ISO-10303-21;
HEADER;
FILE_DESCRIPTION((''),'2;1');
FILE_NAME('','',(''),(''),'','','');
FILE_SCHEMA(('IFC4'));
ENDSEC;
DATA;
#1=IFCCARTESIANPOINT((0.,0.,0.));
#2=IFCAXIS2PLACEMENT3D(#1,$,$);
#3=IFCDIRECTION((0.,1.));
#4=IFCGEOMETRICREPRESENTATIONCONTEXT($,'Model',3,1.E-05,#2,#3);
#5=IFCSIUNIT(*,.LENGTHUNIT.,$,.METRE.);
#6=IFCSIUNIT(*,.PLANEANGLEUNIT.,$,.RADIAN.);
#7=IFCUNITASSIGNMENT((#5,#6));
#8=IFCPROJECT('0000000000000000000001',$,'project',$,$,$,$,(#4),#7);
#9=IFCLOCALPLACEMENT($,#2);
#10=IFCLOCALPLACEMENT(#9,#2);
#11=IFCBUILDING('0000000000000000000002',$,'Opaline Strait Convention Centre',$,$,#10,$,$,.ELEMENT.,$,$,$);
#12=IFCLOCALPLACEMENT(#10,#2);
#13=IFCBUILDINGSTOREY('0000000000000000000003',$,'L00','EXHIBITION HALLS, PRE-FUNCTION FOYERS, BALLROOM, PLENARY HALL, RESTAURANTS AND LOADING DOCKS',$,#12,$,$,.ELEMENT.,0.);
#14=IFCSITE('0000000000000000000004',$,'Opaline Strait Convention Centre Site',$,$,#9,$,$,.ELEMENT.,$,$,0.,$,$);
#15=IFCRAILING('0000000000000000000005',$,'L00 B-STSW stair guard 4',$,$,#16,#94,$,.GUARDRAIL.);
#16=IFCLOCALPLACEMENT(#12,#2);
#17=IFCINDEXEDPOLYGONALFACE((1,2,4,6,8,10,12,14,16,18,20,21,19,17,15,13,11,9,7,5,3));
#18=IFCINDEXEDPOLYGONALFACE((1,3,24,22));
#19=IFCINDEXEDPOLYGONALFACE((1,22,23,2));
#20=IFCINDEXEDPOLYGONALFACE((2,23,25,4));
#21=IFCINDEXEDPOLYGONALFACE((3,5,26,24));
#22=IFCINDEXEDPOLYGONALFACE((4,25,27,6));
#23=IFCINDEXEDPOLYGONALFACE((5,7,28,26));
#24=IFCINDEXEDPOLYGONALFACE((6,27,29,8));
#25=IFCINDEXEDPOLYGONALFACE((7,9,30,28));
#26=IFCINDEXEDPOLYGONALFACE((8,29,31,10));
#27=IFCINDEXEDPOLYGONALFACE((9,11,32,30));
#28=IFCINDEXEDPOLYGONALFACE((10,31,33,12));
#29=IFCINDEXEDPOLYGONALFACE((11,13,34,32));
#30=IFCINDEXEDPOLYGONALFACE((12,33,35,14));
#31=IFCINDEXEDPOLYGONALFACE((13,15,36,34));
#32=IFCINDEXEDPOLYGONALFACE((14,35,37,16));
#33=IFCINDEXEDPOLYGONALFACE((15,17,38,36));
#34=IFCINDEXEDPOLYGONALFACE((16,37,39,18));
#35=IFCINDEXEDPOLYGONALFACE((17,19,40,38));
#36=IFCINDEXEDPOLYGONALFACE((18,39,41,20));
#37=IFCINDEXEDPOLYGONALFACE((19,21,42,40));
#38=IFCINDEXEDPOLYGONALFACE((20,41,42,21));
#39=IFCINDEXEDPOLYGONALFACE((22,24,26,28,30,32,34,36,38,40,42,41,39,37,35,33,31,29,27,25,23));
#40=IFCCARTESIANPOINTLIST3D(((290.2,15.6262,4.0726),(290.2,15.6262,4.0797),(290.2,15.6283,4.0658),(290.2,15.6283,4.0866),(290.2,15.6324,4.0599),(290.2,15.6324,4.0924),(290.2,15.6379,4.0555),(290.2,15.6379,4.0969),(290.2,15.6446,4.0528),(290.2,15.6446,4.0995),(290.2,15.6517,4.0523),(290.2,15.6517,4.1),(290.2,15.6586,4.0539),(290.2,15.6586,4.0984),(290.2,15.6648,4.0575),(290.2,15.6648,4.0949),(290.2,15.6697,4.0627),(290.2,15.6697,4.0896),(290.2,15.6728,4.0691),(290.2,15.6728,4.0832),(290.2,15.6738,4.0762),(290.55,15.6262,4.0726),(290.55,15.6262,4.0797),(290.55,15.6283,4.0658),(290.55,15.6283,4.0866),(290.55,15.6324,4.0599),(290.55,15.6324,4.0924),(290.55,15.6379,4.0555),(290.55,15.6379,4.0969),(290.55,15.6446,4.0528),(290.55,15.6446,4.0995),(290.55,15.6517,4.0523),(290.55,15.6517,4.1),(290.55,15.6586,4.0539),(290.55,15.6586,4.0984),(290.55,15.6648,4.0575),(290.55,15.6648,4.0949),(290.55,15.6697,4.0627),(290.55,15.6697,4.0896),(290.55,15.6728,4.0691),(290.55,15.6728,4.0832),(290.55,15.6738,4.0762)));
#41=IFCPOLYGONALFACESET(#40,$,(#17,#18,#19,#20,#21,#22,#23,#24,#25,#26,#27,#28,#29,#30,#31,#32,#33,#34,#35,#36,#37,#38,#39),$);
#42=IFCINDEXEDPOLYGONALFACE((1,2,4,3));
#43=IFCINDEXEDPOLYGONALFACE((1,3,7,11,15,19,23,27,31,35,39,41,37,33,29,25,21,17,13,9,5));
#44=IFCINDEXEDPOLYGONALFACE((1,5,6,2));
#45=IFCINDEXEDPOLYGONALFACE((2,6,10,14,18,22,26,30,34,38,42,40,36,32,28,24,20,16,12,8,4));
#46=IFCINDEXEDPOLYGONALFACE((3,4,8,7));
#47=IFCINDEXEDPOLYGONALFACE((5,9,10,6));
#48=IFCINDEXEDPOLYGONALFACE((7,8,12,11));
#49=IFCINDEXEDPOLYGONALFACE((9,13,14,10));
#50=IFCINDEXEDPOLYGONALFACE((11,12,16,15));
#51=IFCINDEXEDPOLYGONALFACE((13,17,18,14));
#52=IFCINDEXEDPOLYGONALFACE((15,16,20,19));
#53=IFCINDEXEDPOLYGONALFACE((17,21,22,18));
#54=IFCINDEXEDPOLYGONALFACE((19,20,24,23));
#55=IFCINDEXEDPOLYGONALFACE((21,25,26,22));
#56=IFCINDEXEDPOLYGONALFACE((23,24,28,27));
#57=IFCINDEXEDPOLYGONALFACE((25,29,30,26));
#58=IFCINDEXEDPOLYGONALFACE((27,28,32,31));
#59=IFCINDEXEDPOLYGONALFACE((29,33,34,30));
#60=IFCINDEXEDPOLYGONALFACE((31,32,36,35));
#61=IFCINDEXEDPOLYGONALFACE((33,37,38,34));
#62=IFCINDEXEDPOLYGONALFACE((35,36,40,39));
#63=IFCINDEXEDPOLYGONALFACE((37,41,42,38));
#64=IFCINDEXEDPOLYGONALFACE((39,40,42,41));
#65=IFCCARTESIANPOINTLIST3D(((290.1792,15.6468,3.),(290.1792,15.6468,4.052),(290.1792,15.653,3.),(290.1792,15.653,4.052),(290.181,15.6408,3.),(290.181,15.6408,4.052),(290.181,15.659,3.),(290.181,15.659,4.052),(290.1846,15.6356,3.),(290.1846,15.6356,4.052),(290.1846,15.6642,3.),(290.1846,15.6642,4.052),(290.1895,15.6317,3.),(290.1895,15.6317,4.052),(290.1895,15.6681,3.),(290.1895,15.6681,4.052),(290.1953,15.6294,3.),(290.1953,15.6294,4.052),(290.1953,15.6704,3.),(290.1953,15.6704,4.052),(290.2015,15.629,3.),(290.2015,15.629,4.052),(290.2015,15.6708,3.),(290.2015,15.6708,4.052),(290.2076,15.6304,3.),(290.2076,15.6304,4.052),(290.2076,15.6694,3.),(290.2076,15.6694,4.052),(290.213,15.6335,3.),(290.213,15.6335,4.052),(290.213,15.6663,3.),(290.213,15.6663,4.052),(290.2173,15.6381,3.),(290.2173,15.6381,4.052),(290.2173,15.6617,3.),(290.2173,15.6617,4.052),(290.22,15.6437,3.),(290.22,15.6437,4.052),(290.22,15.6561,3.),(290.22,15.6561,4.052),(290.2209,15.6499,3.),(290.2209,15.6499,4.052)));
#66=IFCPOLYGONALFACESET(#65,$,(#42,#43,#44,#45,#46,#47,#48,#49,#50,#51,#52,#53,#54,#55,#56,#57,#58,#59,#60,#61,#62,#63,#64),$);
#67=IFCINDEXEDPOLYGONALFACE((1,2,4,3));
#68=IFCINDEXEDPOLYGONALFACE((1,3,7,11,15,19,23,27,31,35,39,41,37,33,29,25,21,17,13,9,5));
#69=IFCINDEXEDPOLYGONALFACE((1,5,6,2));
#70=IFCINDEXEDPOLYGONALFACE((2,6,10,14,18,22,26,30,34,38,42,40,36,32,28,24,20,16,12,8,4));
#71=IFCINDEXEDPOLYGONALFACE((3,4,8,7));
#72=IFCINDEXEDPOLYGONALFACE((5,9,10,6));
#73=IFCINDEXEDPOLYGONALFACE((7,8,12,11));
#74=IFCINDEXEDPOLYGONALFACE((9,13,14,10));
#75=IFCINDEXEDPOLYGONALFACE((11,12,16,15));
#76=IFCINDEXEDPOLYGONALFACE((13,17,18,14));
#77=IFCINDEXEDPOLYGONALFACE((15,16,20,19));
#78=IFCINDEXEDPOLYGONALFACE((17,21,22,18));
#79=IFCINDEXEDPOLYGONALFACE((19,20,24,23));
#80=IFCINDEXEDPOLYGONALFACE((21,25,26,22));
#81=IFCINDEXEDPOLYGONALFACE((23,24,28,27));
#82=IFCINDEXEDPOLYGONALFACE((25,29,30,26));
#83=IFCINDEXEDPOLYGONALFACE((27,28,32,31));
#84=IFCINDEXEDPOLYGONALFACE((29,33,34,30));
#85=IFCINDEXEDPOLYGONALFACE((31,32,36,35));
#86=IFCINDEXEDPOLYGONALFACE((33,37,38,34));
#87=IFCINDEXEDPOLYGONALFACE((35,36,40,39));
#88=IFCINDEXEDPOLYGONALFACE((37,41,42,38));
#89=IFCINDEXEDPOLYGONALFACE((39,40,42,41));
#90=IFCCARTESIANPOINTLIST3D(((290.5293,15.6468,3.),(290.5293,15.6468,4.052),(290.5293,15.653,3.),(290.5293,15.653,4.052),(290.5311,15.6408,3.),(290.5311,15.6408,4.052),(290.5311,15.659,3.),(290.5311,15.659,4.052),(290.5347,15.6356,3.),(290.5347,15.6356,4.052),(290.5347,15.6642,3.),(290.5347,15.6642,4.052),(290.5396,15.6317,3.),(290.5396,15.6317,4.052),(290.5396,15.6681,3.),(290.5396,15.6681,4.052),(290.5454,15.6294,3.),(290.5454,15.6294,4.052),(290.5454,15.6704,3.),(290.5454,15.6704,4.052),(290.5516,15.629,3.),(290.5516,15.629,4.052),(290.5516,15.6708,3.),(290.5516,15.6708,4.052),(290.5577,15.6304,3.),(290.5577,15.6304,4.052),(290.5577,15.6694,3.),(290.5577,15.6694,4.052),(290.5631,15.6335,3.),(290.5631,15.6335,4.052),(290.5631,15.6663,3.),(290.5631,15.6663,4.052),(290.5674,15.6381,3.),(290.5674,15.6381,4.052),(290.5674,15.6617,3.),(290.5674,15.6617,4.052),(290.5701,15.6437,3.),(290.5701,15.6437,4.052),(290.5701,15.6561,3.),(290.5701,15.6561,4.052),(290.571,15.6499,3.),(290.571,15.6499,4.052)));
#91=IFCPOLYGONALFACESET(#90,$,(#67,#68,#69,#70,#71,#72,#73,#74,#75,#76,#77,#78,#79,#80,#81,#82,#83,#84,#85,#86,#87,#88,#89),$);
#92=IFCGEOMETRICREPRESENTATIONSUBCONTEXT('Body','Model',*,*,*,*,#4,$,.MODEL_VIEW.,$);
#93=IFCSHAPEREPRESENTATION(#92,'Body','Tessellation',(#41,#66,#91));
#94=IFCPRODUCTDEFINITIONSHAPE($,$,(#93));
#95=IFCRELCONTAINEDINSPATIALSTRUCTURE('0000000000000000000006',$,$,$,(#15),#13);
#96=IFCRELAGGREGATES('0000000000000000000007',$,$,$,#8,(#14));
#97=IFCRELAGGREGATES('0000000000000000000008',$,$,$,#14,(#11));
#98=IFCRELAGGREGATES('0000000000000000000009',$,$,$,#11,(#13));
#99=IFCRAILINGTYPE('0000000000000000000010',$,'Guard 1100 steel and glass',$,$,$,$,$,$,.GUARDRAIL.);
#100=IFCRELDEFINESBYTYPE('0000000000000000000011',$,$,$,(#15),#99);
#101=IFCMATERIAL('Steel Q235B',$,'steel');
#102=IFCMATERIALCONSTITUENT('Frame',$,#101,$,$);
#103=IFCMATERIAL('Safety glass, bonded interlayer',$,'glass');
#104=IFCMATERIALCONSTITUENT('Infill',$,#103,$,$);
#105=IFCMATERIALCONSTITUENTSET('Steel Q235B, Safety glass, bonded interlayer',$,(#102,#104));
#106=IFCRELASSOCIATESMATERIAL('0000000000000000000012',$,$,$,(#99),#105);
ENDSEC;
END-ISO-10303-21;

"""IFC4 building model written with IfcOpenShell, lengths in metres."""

from ifc_helpers import new_model, si_unit, direction, frame, origin, origin_2d, place, context, subcontext, project, spatial, circle, extrude, material, constituent, constituent_set, type_object, element, save


model = new_model("IFC4")

# Units and contexts
model_context = context("Model", 3, precision=1e-05, world=origin(), true_north=direction((0.0, 1.0)))
body_context = subcontext(model_context, "Body", "Model", "MODEL_VIEW")
ifc_project = project(units=[si_unit("LENGTHUNIT", "METRE"), si_unit("PLANEANGLEUNIT", "RADIAN")], contexts=[model_context])

# Site, building, storey
site_placement = place(None, origin())
site = spatial("IfcSite", under=ifc_project, at=site_placement, Name="Opaline Strait Convention Centre Site", CompositionType="ELEMENT", RefElevation=0.0)
building_placement = place(site_placement, origin())
building = spatial("IfcBuilding", under=site, at=building_placement, Name="Opaline Strait Convention Centre", CompositionType="ELEMENT")
storey_placement = place(building_placement, origin())
storey = spatial("IfcBuildingStorey", under=building, at=storey_placement, Name="L00", Description="EXHIBITION HALLS, PRE-FUNCTION FOYERS, BALLROOM, PLENARY HALL, RESTAURANTS AND LOADING DOCKS", CompositionType="ELEMENT", Elevation=0.0)

# Shared definitions
ifc_material_1 = material(Name="Steel Q235B", Category="steel")

# Railing
ifc_constituent_1 = constituent(ifc_material_1, Name="Frame")
ifc_material_2 = material(Name="Safety glass, bonded interlayer", Category="glass")
ifc_constituent_2 = constituent(ifc_material_2, Name="Infill")
ifc_constituent_set = constituent_set(constituents=[ifc_constituent_1, ifc_constituent_2], Name="Steel Q235B, Safety glass, bonded interlayer")
railing_type_1 = type_object("IfcRailingType", Name="Guard 1100 steel and glass", PredefinedType="GUARDRAIL", material=ifc_constituent_set)
railing_1_placement = place(storey_placement, frame((290.2, 15.6499, 3.0)))
element("IfcRailing", 1, at=railing_1_placement, inside=storey, type_object=railing_type_1, Name="L00 B-STSW stair guard 4", PredefinedType="GUARDRAIL", context=body_context, shape_type="SweptSolid", body=[
    extrude(circle(Radius=0.0239, at=origin_2d()), frame((0.0, 0.0, 1.0762), z_axis=(1.0, 0.0, 0.0), x_axis=(0.0, 1.0, 0.0)), (0.0, 0.0, 1.0), 0.3501),
    extrude(circle(Radius=0.021, at=origin_2d()), origin(), (0.0, 0.0, 1.0), 1.052),
    extrude(circle(Radius=0.021, at=origin_2d()), frame((0.3501, 0.0, 0.0)), (0.0, 0.0, 1.0), 1.052),
])

save(model, "model.ifc")
